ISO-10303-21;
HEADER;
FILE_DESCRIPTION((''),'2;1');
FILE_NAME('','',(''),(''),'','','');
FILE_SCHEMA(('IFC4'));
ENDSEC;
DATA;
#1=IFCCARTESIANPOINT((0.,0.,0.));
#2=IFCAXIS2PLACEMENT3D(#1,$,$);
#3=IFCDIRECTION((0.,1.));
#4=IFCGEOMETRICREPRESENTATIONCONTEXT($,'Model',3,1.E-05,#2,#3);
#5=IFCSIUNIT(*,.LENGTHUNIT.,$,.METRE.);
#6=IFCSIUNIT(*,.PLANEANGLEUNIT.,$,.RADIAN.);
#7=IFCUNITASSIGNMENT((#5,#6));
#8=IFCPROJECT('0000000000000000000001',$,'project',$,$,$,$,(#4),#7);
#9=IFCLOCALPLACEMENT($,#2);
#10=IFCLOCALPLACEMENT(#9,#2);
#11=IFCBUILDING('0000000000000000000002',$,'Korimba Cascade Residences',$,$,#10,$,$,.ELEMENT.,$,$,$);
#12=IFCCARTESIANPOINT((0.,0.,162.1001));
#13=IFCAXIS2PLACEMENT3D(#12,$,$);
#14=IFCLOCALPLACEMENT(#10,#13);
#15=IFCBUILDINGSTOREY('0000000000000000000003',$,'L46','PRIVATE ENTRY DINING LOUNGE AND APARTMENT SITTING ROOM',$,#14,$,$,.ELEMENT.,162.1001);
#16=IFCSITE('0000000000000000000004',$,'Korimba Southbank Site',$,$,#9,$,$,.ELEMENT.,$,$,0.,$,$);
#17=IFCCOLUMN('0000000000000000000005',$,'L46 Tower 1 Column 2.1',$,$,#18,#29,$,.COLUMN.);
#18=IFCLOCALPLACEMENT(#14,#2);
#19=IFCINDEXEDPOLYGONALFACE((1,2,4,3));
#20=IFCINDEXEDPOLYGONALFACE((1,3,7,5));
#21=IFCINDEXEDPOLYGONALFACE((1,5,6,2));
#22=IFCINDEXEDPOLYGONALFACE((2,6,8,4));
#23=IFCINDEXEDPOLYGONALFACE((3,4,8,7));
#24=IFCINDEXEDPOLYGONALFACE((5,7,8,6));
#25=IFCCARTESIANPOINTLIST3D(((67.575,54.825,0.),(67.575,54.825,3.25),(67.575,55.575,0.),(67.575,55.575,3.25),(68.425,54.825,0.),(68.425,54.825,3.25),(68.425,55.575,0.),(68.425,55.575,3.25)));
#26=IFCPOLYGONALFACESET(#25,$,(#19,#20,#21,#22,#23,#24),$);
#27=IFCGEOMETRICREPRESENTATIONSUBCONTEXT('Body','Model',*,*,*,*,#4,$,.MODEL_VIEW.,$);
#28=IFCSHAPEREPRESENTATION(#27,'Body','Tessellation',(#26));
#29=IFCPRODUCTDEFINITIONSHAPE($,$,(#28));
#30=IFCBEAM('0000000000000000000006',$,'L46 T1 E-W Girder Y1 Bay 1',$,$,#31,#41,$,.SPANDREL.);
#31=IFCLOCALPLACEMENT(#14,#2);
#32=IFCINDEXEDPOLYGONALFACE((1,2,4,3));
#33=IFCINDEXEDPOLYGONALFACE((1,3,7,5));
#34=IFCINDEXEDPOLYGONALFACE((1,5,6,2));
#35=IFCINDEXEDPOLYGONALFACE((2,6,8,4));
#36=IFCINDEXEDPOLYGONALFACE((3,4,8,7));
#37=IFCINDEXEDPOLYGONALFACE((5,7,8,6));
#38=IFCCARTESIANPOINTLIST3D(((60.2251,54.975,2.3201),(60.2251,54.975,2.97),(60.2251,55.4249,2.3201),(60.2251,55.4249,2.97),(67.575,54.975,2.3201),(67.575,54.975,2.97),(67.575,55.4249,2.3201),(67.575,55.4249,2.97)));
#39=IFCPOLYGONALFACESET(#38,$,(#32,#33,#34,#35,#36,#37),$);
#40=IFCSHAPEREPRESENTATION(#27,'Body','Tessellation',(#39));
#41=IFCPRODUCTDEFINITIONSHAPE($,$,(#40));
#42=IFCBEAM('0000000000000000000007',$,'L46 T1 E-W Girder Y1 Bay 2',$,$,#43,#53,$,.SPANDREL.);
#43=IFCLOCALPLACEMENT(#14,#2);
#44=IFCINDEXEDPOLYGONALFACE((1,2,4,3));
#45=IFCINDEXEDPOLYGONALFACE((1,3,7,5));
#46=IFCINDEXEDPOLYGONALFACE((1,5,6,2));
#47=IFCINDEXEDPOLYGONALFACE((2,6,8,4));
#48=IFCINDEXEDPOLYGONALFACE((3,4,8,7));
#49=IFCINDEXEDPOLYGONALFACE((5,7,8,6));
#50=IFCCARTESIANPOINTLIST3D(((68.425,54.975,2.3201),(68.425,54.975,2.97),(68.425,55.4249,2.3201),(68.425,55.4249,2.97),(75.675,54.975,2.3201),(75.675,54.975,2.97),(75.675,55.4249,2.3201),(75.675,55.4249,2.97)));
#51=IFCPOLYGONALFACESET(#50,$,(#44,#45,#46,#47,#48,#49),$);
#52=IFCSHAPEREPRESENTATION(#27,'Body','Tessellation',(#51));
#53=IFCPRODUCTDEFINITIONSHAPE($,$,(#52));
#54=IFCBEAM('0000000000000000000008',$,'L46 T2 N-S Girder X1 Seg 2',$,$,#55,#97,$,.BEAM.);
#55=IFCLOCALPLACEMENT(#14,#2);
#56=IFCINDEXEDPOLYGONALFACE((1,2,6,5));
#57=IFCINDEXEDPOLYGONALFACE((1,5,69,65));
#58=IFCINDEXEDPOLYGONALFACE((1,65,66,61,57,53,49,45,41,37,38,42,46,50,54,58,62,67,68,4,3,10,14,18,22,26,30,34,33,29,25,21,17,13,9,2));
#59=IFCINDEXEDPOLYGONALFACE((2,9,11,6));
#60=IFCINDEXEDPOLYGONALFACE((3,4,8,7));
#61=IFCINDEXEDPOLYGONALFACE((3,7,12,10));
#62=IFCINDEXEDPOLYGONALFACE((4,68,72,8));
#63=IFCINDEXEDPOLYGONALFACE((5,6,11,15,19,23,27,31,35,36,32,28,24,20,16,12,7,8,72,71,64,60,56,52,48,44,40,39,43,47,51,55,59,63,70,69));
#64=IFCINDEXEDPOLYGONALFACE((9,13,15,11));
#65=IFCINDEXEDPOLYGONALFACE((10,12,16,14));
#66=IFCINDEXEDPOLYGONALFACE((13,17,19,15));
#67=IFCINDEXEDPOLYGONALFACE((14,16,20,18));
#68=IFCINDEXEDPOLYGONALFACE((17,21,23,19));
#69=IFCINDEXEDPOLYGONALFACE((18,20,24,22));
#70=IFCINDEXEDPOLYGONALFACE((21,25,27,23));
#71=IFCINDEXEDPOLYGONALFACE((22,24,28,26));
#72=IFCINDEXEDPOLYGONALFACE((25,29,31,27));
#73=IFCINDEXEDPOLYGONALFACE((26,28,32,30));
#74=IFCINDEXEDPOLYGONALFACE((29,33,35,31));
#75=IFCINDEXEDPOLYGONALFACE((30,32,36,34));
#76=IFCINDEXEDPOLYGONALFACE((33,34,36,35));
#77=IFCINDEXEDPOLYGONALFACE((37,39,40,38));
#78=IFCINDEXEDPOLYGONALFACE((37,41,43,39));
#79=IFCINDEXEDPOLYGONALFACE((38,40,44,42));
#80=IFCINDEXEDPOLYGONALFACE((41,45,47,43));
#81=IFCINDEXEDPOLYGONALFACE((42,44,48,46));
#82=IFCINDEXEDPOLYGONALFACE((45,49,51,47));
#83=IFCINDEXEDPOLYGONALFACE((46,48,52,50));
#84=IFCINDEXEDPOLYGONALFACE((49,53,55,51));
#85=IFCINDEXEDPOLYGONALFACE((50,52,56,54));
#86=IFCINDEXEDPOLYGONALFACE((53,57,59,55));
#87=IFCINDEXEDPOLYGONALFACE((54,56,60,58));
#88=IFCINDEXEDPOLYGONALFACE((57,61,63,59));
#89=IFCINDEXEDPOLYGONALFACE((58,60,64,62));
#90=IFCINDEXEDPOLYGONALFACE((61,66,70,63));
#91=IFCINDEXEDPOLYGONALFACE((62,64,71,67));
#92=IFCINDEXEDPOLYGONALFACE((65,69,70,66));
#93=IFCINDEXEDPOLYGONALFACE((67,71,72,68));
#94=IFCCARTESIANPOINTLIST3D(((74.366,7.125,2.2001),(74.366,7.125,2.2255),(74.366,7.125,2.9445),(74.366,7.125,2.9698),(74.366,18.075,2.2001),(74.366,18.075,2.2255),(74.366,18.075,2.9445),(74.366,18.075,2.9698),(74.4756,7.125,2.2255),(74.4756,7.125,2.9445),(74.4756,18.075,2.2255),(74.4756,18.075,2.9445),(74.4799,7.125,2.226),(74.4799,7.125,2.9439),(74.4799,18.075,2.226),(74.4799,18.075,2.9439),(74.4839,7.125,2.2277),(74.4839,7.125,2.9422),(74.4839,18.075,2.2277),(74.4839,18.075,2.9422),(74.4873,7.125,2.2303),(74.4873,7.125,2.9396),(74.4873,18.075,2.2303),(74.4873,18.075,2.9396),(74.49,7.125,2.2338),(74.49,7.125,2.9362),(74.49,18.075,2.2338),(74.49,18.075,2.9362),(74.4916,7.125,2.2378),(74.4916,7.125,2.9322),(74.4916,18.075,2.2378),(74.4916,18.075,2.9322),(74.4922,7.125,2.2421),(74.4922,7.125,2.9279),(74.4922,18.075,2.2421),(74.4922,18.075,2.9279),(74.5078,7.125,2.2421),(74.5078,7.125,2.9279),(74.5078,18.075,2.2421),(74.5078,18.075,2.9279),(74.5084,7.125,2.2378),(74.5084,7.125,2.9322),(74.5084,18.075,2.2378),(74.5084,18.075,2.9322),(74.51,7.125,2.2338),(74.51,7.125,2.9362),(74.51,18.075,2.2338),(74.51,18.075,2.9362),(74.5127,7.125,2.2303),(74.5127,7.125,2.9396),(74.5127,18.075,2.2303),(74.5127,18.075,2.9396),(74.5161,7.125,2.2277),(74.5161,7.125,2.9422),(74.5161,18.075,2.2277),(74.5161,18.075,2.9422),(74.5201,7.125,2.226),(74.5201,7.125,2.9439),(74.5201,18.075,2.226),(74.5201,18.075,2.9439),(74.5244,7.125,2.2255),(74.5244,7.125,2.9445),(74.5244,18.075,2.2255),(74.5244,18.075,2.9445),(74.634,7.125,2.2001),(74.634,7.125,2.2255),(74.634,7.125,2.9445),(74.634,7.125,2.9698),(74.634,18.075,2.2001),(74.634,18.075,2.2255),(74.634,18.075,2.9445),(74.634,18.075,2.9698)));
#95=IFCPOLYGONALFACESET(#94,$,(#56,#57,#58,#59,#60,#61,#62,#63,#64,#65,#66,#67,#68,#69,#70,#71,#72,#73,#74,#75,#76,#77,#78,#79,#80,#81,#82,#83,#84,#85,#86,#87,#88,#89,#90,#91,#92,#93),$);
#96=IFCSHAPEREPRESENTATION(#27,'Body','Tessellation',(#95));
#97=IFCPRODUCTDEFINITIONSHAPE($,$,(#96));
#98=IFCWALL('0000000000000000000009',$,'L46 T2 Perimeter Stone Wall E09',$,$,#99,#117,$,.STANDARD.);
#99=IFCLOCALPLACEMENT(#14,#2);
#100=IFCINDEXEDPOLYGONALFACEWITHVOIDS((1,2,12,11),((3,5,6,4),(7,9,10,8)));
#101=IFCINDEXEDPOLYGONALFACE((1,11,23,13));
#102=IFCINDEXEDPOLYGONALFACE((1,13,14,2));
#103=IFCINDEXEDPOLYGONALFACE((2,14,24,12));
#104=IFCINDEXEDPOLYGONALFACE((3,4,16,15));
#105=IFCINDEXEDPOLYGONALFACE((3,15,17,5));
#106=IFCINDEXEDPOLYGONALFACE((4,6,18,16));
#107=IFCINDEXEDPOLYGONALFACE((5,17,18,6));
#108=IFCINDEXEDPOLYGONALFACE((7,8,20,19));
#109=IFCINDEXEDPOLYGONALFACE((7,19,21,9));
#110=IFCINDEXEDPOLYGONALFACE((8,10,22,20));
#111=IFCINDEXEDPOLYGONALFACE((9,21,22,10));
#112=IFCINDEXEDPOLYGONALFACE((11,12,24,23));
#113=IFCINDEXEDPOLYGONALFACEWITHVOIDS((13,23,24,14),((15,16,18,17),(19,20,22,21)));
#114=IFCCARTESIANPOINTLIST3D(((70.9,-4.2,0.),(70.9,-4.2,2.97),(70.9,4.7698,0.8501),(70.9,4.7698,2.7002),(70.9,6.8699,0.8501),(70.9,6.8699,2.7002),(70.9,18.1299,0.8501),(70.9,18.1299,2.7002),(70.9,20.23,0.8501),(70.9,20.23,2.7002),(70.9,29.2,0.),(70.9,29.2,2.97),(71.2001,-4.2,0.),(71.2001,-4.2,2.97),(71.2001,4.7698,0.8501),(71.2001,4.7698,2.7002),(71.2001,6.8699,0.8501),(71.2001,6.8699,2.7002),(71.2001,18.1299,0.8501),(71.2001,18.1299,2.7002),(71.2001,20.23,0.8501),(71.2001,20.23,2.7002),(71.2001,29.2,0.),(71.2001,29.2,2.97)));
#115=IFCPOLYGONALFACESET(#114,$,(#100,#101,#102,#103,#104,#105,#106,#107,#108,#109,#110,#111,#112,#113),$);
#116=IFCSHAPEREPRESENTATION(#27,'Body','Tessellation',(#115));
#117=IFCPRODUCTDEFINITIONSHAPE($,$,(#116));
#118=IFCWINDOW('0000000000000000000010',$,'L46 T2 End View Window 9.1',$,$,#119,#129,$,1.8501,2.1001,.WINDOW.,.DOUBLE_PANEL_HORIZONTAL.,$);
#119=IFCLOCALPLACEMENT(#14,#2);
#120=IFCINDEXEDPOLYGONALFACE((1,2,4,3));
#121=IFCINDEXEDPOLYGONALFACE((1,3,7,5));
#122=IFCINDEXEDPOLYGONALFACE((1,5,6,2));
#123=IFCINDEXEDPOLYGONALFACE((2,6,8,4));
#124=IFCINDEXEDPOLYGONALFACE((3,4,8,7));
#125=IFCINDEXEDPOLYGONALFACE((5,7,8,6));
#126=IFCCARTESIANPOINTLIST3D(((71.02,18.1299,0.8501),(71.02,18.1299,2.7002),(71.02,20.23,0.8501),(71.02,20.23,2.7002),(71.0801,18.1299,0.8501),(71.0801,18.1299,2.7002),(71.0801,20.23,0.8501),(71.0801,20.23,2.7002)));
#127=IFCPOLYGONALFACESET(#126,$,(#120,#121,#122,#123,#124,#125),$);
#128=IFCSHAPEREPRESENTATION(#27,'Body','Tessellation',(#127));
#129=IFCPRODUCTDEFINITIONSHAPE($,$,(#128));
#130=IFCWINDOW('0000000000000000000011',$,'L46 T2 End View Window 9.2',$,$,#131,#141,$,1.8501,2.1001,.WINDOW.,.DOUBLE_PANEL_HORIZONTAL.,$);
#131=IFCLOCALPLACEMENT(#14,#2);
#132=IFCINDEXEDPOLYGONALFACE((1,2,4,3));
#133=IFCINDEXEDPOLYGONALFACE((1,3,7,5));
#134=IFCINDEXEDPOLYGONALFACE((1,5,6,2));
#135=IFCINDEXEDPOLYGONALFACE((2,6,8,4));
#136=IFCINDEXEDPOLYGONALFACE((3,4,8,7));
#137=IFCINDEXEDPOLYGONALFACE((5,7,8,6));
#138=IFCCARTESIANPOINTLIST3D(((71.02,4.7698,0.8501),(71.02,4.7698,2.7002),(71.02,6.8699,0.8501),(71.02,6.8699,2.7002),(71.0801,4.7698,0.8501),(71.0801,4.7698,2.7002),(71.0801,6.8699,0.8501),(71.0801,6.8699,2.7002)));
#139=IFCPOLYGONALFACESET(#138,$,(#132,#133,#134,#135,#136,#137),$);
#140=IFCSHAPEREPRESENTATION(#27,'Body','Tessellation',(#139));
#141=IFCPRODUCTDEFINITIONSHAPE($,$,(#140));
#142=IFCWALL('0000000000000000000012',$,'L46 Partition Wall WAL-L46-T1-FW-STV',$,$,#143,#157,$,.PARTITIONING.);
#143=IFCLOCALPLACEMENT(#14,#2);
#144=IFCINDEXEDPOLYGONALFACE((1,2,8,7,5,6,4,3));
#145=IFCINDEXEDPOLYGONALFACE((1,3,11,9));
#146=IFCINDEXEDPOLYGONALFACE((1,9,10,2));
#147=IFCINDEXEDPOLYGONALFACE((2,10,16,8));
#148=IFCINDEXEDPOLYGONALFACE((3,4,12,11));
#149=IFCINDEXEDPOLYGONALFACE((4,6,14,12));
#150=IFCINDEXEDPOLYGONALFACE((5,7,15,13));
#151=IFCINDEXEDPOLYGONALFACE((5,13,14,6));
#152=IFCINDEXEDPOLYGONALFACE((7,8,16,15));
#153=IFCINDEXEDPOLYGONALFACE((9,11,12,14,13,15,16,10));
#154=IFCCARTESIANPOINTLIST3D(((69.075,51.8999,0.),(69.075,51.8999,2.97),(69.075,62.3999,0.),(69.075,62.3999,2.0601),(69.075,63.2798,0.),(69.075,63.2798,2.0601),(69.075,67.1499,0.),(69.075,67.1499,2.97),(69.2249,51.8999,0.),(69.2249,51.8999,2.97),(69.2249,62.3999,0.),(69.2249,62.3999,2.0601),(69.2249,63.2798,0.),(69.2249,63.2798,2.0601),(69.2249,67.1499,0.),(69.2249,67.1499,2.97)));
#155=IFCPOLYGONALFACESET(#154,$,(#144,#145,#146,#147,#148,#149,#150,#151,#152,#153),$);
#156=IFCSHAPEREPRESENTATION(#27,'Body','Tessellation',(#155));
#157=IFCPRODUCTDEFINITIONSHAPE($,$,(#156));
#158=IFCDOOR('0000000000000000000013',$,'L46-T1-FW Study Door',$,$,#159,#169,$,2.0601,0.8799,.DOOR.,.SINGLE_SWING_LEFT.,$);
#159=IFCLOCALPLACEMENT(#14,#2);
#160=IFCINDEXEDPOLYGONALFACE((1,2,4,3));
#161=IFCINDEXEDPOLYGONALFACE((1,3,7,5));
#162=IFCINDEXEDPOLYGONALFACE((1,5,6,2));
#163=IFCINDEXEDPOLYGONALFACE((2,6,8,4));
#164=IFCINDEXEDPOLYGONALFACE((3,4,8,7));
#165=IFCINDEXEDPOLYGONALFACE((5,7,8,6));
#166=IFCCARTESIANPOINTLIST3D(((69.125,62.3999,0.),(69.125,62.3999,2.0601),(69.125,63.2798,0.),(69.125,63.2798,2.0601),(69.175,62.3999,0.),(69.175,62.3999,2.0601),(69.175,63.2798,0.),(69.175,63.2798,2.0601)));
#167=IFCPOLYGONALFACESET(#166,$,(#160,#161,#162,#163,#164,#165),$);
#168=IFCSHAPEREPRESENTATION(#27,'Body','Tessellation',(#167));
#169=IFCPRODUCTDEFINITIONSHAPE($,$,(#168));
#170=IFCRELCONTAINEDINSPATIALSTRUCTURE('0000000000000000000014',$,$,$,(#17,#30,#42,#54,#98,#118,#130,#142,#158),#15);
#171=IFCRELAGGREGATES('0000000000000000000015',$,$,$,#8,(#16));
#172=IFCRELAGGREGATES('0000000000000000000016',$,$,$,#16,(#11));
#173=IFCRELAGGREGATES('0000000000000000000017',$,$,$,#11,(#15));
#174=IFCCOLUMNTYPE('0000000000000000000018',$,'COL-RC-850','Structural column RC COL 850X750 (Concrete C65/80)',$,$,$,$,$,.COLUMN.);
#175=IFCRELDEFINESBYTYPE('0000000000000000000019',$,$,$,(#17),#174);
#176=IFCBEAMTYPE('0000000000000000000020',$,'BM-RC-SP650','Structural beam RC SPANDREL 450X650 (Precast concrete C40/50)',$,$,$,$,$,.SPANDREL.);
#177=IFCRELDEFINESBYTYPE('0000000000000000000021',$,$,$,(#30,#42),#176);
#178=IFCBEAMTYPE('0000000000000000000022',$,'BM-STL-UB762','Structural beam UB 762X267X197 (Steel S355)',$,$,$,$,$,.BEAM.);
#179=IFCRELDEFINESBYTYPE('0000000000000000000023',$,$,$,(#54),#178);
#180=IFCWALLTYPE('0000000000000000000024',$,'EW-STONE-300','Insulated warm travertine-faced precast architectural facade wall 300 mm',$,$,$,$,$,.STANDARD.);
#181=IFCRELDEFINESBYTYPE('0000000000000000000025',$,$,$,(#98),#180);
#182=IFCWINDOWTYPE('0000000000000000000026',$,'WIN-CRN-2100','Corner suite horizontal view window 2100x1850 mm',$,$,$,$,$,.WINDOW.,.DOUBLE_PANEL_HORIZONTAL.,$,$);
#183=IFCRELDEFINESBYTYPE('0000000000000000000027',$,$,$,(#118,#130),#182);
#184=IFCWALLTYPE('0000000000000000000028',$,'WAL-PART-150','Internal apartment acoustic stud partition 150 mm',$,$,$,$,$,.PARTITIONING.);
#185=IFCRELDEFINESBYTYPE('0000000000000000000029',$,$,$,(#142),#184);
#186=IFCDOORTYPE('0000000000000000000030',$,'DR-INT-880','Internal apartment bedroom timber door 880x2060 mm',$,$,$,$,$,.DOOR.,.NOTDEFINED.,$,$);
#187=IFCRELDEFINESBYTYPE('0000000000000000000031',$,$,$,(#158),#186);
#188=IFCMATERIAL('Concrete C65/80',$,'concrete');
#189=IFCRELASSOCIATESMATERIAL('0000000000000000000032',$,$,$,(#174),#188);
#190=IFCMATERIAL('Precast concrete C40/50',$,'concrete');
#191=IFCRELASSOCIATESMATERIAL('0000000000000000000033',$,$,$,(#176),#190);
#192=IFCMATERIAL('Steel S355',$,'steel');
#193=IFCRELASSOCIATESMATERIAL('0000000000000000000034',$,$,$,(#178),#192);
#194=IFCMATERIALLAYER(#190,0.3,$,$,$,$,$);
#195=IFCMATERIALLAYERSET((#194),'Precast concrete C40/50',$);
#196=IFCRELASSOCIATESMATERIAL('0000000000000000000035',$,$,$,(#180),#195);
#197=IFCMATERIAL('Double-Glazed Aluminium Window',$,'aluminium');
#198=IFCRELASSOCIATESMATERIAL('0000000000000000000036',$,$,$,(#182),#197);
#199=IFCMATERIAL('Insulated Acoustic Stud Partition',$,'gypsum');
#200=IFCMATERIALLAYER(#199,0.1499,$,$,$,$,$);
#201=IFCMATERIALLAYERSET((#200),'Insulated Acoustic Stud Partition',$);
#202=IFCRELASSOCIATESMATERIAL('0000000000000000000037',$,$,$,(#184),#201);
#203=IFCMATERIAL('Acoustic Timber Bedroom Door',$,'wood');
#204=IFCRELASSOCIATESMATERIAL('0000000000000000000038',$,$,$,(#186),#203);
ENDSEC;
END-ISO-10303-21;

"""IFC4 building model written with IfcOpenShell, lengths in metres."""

from ifc_helpers import new_model, si_unit, direction, frame, frame_2d, origin, origin_2d, place, context, subcontext, project, spatial, rectangle, i_section, extrude, material, layer, layer_set, material_profile, profile_set, type_object, element, fill, save


model = new_model("IFC4")

# Units and contexts
model_context = context("Model", 3, precision=1e-05, world=origin(), true_north=direction((0.0, 1.0)))
body_context = subcontext(model_context, "Body", "Model", "MODEL_VIEW")
ifc_project = project(units=[si_unit("LENGTHUNIT", "METRE"), si_unit("PLANEANGLEUNIT", "RADIAN")], contexts=[model_context])

# Site, building, storey
site_placement = place(None, origin())
site = spatial("IfcSite", under=ifc_project, at=site_placement, Name="Korimba Southbank Site", CompositionType="ELEMENT", RefElevation=0.0)
building_placement = place(site_placement, origin())
building = spatial("IfcBuilding", under=site, at=building_placement, Name="Korimba Cascade Residences", CompositionType="ELEMENT")
storey_placement = place(building_placement, frame((0.0, 0.0, 162.1001)))
storey = spatial("IfcBuildingStorey", under=building, at=storey_placement, Name="L46", Description="PRIVATE ENTRY DINING LOUNGE AND APARTMENT SITTING ROOM", CompositionType="ELEMENT", Elevation=162.1001)

# Column
ifc_material_1 = material(Name="Concrete C65/80", Category="concrete")
ifc_material_profile_1 = material_profile(ifc_material_1, rectangle(XDim=0.8501, YDim=0.75, at=origin_2d()), Name="Concrete C65/80")
ifc_profile_set_1 = profile_set([ifc_material_profile_1], Name="Concrete C65/80")
column_type = type_object("IfcColumnType", Name="COL-RC-850", Description="Structural column RC COL 850X750 (Concrete C65/80)", PredefinedType="COLUMN", material=ifc_profile_set_1)
column_placement = place(storey_placement, frame((68.0, 55.2, 0.0), z_axis=(0.0, 0.0, 1.0), x_axis=(1.0, 0.0, 0.0)))
element("IfcColumn", 1, at=column_placement, inside=storey, type_object=column_type, Name="L46 Tower 1 Column 2.1", PredefinedType="COLUMN", context=body_context, shape_type="SweptSolid", body=[
    extrude(rectangle(XDim=0.8501, YDim=0.75, at=origin_2d()), origin(), (0.0, 0.0, 1.0), 3.25),
])

# Beams
ifc_material_2 = material(Name="Precast concrete C40/50", Category="concrete")
ifc_material_profile_2 = material_profile(ifc_material_2, rectangle(XDim=0.45, YDim=0.6499, at=origin_2d()), Name="Precast concrete C40/50")
ifc_profile_set_2 = profile_set([ifc_material_profile_2], Name="Precast concrete C40/50")
beam_type_1 = type_object("IfcBeamType", Name="BM-RC-SP650", Description="Structural beam RC SPANDREL 450X650 (Precast concrete C40/50)", PredefinedType="SPANDREL", material=ifc_profile_set_2)
beam_1_placement = place(storey_placement, frame((60.2251, 55.2, 2.645), z_axis=(1.0, 0.0, 0.0), x_axis=(0.0, 1.0, 0.0)))
element("IfcBeam", 2, at=beam_1_placement, inside=storey, type_object=beam_type_1, Name="L46 T1 E-W Girder Y1 Bay 1", PredefinedType="SPANDREL", context=body_context, shape_type="SweptSolid", body=[
    extrude(rectangle(XDim=0.45, YDim=0.6499, at=origin_2d()), origin(), (0.0, 0.0, 1.0), 7.3499),
])
beam_2_placement = place(storey_placement, frame((68.425, 55.2, 2.645), z_axis=(1.0, 0.0, 0.0), x_axis=(0.0, 1.0, 0.0)))
element("IfcBeam", 3, at=beam_2_placement, inside=storey, type_object=beam_type_1, Name="L46 T1 E-W Girder Y1 Bay 2", PredefinedType="SPANDREL", context=body_context, shape_type="SweptSolid", body=[
    extrude(rectangle(XDim=0.45, YDim=0.6499, at=origin_2d()), origin(), (0.0, 0.0, 1.0), 7.25),
])
ifc_material_3 = material(Name="Steel S355", Category="steel")
ifc_material_profile_3 = material_profile(ifc_material_3, i_section(OverallWidth=0.2681, OverallDepth=0.7698, WebThickness=0.0156, FlangeThickness=0.0254, FilletRadius=0.0166, at=origin_2d()), Name="Steel S355")
ifc_profile_set_3 = profile_set([ifc_material_profile_3], Name="Steel S355")
beam_type_2 = type_object("IfcBeamType", Name="BM-STL-UB762", Description="Structural beam UB 762X267X197 (Steel S355)", PredefinedType="BEAM", material=ifc_profile_set_3)
beam_3_placement = place(storey_placement, frame((74.5, 7.125, 2.585), z_axis=(0.0, 1.0, 0.0), x_axis=(-1.0, 0.0, 0.0)))
element("IfcBeam", 4, at=beam_3_placement, inside=storey, type_object=beam_type_2, Name="L46 T2 N-S Girder X1 Seg 2", PredefinedType="BEAM", context=body_context, shape_type="SweptSolid", body=[
    extrude(i_section(OverallWidth=0.2681, OverallDepth=0.7698, WebThickness=0.0156, FlangeThickness=0.0254, FilletRadius=0.0166, at=origin_2d()), origin(), (0.0, 0.0, 1.0), 10.95),
])

# Wall, openings, windows
ifc_layer_1 = layer(ifc_material_2, 0.3)
ifc_layer_set_1 = layer_set([ifc_layer_1], Name="Precast concrete C40/50")
wall_type_1 = type_object("IfcWallType", Name="EW-STONE-300", Description="Insulated warm travertine-faced precast architectural facade wall 300 mm", PredefinedType="STANDARD", material=ifc_layer_set_1)
wall_1_placement = place(storey_placement, frame((71.05, 29.2, 0.0), z_axis=(0.0, 0.0, 1.0), x_axis=(0.0, -1.0, 0.0)))
wall_1 = element("IfcWall", 5, at=wall_1_placement, inside=storey, type_object=wall_type_1, Name="L46 T2 Perimeter Stone Wall E09", PredefinedType="STANDARD", context=body_context, shape_type="SweptSolid", body=[
    extrude(rectangle(XDim=33.3999, YDim=0.3, at=frame_2d((16.7, 0.0))), origin(), (0.0, 0.0, 1.0), 2.97),
])
opening_1_placement = place(wall_1_placement, frame((8.97, 0.0, 0.8501)))
opening_1 = element("IfcOpeningElement", 6, at=opening_1_placement, cuts=wall_1, PredefinedType="OPENING", context=body_context, shape_type="SweptSolid", body=[
    extrude(rectangle(XDim=2.1001, YDim=1.8501, at=frame_2d((1.05, 0.925))), frame((0.0, 0.1602, 0.0), z_axis=(0.0, -1.0, 0.0), x_axis=(1.0, 0.0, 0.0)), (0.0, 0.0, 1.0), 0.3201),
])
opening_2_placement = place(wall_1_placement, frame((22.3301, 0.0, 0.8501)))
opening_2 = element("IfcOpeningElement", 7, at=opening_2_placement, cuts=wall_1, PredefinedType="OPENING", context=body_context, shape_type="SweptSolid", body=[
    extrude(rectangle(XDim=2.1001, YDim=1.8501, at=frame_2d((1.05, 0.925))), frame((0.0, 0.1602, 0.0), z_axis=(0.0, -1.0, 0.0), x_axis=(1.0, 0.0, 0.0)), (0.0, 0.0, 1.0), 0.3201),
])
ifc_material_4 = material(Name="Double-Glazed Aluminium Window", Category="aluminium")
window_type = type_object("IfcWindowType", Name="WIN-CRN-2100", Description="Corner suite horizontal view window 2100x1850 mm", PartitioningType="DOUBLE_PANEL_HORIZONTAL", PredefinedType="WINDOW", material=ifc_material_4)
window_1_placement = place(opening_1_placement, origin())
window_1 = element("IfcWindow", 8, at=window_1_placement, inside=storey, type_object=window_type, Name="L46 T2 End View Window 9.1", OverallHeight=1.8501, OverallWidth=2.1001, PartitioningType="DOUBLE_PANEL_HORIZONTAL", PredefinedType="WINDOW", context=body_context, shape_type="SweptSolid", body=[
    extrude(rectangle(XDim=2.1001, YDim=1.8501, at=frame_2d((1.05, 0.925))), frame((0.0, 0.03, 0.0), z_axis=(0.0, -1.0, 0.0), x_axis=(1.0, 0.0, 0.0)), (0.0, 0.0, 1.0), 0.0601),
])
fill(opening_1, window_1)
window_2_placement = place(opening_2_placement, origin())
window_2 = element("IfcWindow", 9, at=window_2_placement, inside=storey, type_object=window_type, Name="L46 T2 End View Window 9.2", OverallHeight=1.8501, OverallWidth=2.1001, PartitioningType="DOUBLE_PANEL_HORIZONTAL", PredefinedType="WINDOW", context=body_context, shape_type="SweptSolid", body=[
    extrude(rectangle(XDim=2.1001, YDim=1.8501, at=frame_2d((1.05, 0.925))), frame((0.0, 0.03, 0.0), z_axis=(0.0, -1.0, 0.0), x_axis=(1.0, 0.0, 0.0)), (0.0, 0.0, 1.0), 0.0601),
])
fill(opening_2, window_2)

# Wall, opening, door
ifc_material_5 = material(Name="Insulated Acoustic Stud Partition", Category="gypsum")
ifc_layer_2 = layer(ifc_material_5, 0.1499)
ifc_layer_set_2 = layer_set([ifc_layer_2], Name="Insulated Acoustic Stud Partition")
wall_type_2 = type_object("IfcWallType", Name="WAL-PART-150", Description="Internal apartment acoustic stud partition 150 mm", PredefinedType="PARTITIONING", material=ifc_layer_set_2)
wall_2_placement = place(storey_placement, frame((69.1499, 51.8999, 0.0), z_axis=(0.0, 0.0, 1.0), x_axis=(0.0, 1.0, 0.0)))
wall_2 = element("IfcWall", 10, at=wall_2_placement, inside=storey, type_object=wall_type_2, Name="L46 Partition Wall WAL-L46-T1-FW-STV", PredefinedType="PARTITIONING", context=body_context, shape_type="SweptSolid", body=[
    extrude(rectangle(XDim=15.25, YDim=0.1499, at=frame_2d((7.625, 0.0))), origin(), (0.0, 0.0, 1.0), 2.97),
])
opening_3_placement = place(wall_2_placement, frame((10.5, 0.0, 0.0)))
opening_3 = element("IfcOpeningElement", 11, at=opening_3_placement, cuts=wall_2, PredefinedType="OPENING", context=body_context, shape_type="SweptSolid", body=[
    extrude(rectangle(XDim=0.8799, YDim=2.0601, at=frame_2d((0.4399, 1.03))), frame((0.0, 0.085, 0.0), z_axis=(0.0, -1.0, 0.0), x_axis=(1.0, 0.0, 0.0)), (0.0, 0.0, 1.0), 0.1699),
])
ifc_material_6 = material(Name="Acoustic Timber Bedroom Door", Category="wood")
door_type = type_object("IfcDoorType", Name="DR-INT-880", Description="Internal apartment bedroom timber door 880x2060 mm", OperationType="NOTDEFINED", PredefinedType="DOOR", material=ifc_material_6)
door_placement = place(opening_3_placement, origin())
door = element("IfcDoor", 12, at=door_placement, inside=storey, type_object=door_type, Name="L46-T1-FW Study Door", OperationType="SINGLE_SWING_LEFT", OverallHeight=2.0601, OverallWidth=0.8799, PredefinedType="DOOR", context=body_context, shape_type="SweptSolid", body=[
    extrude(rectangle(XDim=0.8799, YDim=2.0601, at=frame_2d((0.4399, 1.03))), frame((0.0, 0.0249, 0.0), z_axis=(0.0, -1.0, 0.0), x_axis=(1.0, 0.0, 0.0)), (0.0, 0.0, 1.0), 0.05),
])
fill(opening_3, door)

save(model, "model.ifc")
